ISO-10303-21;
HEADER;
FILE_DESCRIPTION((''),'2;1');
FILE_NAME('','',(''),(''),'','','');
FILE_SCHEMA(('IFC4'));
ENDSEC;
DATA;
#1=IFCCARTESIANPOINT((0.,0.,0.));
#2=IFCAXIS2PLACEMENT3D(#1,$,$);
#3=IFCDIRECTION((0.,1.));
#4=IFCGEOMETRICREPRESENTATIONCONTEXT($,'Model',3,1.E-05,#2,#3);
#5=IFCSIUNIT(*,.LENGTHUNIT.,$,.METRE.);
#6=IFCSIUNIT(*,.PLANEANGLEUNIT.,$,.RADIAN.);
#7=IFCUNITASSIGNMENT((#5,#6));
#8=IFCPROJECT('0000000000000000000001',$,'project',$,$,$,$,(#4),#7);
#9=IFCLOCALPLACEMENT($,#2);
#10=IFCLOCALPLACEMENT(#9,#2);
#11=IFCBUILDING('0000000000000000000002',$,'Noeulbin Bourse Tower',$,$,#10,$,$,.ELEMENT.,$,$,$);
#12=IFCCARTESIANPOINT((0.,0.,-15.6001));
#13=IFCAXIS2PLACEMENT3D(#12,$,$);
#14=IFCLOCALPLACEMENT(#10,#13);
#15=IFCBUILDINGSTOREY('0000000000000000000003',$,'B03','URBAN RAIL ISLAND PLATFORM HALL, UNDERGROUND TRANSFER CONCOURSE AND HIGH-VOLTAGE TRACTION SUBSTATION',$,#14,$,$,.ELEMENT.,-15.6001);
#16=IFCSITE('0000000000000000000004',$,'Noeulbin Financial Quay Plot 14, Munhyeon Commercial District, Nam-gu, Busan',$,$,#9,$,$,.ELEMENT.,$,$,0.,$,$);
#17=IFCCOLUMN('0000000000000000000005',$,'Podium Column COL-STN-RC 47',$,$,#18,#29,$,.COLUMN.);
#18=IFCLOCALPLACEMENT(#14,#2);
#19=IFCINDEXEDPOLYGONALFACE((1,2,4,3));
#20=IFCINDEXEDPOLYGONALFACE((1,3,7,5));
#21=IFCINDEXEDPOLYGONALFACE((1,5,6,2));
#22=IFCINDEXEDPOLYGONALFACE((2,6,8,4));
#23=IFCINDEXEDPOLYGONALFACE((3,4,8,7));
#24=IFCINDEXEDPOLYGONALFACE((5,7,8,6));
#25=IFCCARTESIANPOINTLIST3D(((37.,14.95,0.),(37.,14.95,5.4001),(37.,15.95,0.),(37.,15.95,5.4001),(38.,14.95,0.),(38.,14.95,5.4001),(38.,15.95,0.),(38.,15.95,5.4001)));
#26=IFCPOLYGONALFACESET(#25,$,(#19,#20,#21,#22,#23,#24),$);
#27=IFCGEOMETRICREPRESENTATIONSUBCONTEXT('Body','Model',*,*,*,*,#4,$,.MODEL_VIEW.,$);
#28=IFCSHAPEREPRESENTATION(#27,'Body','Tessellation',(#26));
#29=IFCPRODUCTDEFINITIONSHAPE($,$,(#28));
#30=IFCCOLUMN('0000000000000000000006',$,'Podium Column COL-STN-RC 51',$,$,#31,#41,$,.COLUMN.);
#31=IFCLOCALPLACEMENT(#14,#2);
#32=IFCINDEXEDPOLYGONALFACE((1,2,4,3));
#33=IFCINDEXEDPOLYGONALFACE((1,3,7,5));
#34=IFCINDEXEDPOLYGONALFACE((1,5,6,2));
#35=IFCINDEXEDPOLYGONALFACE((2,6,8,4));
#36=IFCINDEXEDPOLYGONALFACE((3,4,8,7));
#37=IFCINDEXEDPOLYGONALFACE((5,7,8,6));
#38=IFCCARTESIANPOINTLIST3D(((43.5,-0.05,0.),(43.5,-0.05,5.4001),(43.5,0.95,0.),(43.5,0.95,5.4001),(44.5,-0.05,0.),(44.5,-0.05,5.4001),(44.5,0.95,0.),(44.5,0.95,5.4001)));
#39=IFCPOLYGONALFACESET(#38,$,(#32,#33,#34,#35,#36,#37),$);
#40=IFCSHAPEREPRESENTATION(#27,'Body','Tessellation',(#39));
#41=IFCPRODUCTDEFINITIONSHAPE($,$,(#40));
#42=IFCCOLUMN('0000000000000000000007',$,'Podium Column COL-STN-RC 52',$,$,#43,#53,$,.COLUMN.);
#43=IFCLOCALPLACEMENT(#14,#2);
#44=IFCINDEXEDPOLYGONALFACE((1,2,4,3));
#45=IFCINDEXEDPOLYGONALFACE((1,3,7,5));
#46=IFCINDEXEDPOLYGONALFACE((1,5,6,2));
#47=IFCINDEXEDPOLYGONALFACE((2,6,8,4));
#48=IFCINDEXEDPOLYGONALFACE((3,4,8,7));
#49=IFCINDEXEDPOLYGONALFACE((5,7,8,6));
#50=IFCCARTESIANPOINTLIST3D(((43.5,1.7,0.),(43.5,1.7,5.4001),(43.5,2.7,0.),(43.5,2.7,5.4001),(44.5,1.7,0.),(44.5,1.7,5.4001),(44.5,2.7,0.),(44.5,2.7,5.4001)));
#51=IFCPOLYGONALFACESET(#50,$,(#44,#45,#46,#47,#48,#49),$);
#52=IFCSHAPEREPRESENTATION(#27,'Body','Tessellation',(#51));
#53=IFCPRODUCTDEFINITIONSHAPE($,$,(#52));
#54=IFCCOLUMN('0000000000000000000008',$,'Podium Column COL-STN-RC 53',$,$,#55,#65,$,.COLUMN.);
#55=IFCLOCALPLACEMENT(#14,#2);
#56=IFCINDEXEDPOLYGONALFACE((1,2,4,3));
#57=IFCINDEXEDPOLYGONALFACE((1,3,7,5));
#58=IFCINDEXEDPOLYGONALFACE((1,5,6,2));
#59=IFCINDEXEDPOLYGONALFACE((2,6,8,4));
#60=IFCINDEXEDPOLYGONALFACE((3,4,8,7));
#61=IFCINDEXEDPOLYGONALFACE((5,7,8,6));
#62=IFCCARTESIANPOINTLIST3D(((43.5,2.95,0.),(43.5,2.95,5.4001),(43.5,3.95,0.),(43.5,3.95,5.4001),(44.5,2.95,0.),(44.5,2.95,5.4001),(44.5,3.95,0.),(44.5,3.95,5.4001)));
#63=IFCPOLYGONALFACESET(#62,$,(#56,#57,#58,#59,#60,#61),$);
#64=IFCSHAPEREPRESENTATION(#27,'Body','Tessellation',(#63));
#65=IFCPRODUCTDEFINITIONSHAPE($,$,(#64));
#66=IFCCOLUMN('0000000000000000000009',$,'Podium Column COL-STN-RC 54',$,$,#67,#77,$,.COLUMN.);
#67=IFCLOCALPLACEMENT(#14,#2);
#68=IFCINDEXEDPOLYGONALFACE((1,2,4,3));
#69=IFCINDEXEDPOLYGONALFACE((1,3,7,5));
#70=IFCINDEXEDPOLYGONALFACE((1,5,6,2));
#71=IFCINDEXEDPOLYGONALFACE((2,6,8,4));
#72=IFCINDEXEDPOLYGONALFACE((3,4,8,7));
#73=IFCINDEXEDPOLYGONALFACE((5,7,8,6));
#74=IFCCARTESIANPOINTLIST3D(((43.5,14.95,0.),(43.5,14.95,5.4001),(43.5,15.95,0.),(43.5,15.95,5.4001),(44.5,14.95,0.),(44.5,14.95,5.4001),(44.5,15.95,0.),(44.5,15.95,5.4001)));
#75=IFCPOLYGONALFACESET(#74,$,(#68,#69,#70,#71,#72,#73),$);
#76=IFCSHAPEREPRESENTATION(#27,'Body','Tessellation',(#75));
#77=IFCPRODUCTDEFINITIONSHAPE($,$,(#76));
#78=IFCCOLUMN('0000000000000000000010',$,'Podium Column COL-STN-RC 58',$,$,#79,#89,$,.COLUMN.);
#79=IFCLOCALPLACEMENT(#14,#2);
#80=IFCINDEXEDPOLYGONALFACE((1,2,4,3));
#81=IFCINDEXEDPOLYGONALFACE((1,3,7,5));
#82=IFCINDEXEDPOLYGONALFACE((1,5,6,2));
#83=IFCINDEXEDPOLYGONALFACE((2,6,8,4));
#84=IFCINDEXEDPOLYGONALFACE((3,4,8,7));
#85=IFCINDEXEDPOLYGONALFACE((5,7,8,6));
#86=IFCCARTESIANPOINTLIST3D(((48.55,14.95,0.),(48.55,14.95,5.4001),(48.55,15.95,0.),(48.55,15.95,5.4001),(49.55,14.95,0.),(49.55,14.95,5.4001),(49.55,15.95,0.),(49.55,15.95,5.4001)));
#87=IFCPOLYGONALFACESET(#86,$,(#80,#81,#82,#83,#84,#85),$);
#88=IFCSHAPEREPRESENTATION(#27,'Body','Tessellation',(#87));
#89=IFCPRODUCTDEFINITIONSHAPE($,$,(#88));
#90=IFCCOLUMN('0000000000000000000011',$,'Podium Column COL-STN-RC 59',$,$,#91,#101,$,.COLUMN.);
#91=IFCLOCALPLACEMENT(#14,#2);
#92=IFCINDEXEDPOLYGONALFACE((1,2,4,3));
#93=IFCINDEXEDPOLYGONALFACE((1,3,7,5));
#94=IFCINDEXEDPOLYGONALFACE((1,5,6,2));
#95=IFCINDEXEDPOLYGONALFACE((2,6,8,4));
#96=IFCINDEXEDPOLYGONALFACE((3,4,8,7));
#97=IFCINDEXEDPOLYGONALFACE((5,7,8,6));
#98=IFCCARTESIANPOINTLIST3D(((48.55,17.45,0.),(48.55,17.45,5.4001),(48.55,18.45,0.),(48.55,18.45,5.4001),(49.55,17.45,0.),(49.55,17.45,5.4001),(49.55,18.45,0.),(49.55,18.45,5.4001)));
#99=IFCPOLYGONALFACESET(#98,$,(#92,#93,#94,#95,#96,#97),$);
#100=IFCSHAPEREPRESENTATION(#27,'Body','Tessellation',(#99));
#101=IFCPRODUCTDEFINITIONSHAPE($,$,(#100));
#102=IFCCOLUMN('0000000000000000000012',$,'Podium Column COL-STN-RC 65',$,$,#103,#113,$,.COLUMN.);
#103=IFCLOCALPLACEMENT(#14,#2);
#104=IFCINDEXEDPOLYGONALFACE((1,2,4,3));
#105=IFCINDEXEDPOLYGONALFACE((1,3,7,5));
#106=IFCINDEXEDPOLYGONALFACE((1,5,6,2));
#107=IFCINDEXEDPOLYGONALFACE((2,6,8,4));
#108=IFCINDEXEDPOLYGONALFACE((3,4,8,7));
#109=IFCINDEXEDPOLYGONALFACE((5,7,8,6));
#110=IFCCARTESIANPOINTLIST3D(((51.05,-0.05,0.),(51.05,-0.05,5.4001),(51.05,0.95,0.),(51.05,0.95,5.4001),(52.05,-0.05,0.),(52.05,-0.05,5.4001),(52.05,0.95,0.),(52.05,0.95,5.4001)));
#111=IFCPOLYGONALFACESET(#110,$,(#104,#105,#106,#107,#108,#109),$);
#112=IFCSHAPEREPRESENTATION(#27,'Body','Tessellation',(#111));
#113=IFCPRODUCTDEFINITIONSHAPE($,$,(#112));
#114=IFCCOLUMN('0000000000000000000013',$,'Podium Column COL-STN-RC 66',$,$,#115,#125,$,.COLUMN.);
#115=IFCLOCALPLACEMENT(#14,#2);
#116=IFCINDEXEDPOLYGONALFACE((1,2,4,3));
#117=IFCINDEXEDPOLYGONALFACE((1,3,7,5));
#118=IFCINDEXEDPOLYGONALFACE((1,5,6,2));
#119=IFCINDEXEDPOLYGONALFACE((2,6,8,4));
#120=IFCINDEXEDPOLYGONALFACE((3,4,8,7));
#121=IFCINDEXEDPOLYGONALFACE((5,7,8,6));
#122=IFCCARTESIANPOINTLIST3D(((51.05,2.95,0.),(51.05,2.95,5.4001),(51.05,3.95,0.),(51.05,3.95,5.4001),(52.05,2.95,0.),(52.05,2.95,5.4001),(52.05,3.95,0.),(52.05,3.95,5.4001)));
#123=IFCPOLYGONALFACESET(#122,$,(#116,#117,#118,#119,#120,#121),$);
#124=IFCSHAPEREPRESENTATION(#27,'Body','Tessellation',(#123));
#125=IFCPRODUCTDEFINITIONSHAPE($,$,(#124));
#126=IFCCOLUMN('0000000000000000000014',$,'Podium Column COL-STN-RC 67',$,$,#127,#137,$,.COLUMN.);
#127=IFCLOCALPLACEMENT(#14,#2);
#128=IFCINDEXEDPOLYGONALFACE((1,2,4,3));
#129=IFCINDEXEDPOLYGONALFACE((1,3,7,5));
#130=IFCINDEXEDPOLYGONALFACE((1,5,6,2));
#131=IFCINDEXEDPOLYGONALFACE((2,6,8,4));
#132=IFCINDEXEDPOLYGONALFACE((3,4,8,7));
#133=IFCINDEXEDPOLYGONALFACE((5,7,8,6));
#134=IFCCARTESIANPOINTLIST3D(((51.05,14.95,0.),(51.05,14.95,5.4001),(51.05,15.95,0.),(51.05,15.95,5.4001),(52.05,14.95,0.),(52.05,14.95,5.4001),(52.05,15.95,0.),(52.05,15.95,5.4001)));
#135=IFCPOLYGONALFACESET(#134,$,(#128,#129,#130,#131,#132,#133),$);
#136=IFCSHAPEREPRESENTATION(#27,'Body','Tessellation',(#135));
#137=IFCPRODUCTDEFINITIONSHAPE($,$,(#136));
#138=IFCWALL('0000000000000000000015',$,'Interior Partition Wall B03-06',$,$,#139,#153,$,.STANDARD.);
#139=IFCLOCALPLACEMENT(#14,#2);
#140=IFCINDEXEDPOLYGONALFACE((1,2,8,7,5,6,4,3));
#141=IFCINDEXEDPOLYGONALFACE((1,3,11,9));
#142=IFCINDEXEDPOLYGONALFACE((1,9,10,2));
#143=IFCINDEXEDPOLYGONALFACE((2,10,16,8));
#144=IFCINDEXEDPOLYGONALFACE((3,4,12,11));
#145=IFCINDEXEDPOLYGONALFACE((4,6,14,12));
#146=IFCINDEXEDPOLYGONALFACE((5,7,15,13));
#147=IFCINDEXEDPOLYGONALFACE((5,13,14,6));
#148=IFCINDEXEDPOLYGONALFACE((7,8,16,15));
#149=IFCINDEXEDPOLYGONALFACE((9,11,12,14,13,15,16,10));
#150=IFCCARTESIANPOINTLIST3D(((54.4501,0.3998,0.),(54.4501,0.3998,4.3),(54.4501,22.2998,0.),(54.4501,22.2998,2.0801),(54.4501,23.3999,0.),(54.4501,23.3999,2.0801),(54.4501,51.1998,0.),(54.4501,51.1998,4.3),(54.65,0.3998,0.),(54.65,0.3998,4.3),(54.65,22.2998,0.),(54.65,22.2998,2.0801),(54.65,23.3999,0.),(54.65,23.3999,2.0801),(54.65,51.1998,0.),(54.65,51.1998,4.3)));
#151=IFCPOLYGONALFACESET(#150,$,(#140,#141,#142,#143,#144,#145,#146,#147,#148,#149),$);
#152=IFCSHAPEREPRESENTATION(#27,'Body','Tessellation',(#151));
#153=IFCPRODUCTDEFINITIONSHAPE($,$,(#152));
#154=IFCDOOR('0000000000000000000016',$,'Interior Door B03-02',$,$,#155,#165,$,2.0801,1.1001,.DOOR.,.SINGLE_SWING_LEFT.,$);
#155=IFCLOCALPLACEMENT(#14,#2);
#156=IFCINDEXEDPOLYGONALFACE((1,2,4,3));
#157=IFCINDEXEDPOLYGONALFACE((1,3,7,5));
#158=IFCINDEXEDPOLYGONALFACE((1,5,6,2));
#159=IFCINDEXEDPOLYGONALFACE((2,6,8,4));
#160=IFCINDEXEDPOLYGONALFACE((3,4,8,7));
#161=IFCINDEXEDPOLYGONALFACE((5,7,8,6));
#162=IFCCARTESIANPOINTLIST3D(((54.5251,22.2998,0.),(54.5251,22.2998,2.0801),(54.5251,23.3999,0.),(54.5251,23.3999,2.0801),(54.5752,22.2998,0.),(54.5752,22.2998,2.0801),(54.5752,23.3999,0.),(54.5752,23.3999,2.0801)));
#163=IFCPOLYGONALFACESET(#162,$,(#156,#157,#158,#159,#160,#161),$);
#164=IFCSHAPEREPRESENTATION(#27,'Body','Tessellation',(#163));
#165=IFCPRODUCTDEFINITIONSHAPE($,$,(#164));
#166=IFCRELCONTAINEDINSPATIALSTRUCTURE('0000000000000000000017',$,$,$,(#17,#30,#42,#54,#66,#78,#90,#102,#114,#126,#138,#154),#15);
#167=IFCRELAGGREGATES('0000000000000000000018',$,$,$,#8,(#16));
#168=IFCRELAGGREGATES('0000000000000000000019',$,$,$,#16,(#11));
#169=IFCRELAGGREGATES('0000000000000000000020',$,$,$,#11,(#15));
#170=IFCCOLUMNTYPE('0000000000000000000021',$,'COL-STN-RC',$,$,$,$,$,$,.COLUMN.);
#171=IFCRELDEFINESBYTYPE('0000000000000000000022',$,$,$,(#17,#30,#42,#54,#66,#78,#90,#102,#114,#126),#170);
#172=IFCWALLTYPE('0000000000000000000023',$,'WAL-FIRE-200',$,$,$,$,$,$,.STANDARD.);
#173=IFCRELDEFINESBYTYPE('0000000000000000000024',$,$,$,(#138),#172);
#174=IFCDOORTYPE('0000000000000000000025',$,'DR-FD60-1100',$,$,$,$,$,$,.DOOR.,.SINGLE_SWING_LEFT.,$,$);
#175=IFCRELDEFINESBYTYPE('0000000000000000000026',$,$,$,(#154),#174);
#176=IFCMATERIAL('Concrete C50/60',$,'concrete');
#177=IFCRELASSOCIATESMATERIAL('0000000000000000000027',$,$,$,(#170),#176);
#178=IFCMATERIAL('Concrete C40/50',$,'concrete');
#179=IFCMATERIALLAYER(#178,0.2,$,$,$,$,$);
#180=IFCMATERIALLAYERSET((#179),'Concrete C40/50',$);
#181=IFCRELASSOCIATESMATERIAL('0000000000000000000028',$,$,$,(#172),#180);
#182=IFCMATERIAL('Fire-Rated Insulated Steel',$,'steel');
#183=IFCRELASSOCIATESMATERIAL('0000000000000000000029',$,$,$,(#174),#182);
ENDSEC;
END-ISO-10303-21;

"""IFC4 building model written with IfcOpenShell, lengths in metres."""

from ifc_helpers import new_model, si_unit, direction, frame, frame_2d, origin, origin_2d, place, context, subcontext, project, spatial, rectangle, extrude, material, layer, layer_set, material_profile, profile_set, type_object, element, fill, save


model = new_model("IFC4")

# Units and contexts
model_context = context("Model", 3, precision=1e-05, world=origin(), true_north=direction((0.0, 1.0)))
body_context = subcontext(model_context, "Body", "Model", "MODEL_VIEW")
ifc_project = project(units=[si_unit("LENGTHUNIT", "METRE"), si_unit("PLANEANGLEUNIT", "RADIAN")], contexts=[model_context])

# Site, building, storey
site_placement = place(None, origin())
site = spatial("IfcSite", under=ifc_project, at=site_placement, Name="Noeulbin Financial Quay Plot 14, Munhyeon Commercial District, Nam-gu, Busan", CompositionType="ELEMENT", RefElevation=0.0)
building_placement = place(site_placement, origin())
building = spatial("IfcBuilding", under=site, at=building_placement, Name="Noeulbin Bourse Tower", CompositionType="ELEMENT")
storey_placement = place(building_placement, frame((0.0, 0.0, -15.6001)))
storey = spatial("IfcBuildingStorey", under=building, at=storey_placement, Name="B03", Description="URBAN RAIL ISLAND PLATFORM HALL, UNDERGROUND TRANSFER CONCOURSE AND HIGH-VOLTAGE TRACTION SUBSTATION", CompositionType="ELEMENT", Elevation=-15.6001)

# Shared definitions
ifc_material_1 = material(Name="Concrete C50/60", Category="concrete")

# Columns
ifc_material_profile_1 = material_profile(ifc_material_1, rectangle(XDim=1.0, YDim=1.0, at=origin_2d()), Name="RC-COL-1000x1000", Category="LoadBearing")
ifc_profile_set_1 = profile_set([ifc_material_profile_1], Name="Concrete C50/60")
column_type = type_object("IfcColumnType", Name="COL-STN-RC", PredefinedType="COLUMN", material=ifc_profile_set_1)
for number, where, z_axis, x_axis, name in (
    (1, (37.5, 15.45, 0.0), (0.0, 0.0, 1.0), (1.0, 0.0, 0.0), "Podium Column COL-STN-RC 47"),
    (2, (44.0, 0.45, 0.0), (0.0, 0.0, 1.0), (1.0, 0.0, 0.0), "Podium Column COL-STN-RC 51"),
    (3, (44.0, 2.2, 0.0), (0.0, 0.0, 1.0), (1.0, 0.0, 0.0), "Podium Column COL-STN-RC 52"),
    (4, (44.0, 3.45, 0.0), (0.0, 0.0, 1.0), (1.0, 0.0, 0.0), "Podium Column COL-STN-RC 53"),
    (5, (44.0, 15.45, 0.0), (0.0, 0.0, 1.0), (1.0, 0.0, 0.0), "Podium Column COL-STN-RC 54"),
    (6, (49.05, 15.45, 0.0), (0.0, 0.0, 1.0), (1.0, 0.0, 0.0), "Podium Column COL-STN-RC 58"),
    (7, (49.05, 17.95, 0.0), (0.0, 0.0, 1.0), (1.0, 0.0, 0.0), "Podium Column COL-STN-RC 59"),
    (8, (51.55, 0.45, 0.0), (0.0, 0.0, 1.0), (1.0, 0.0, 0.0), "Podium Column COL-STN-RC 65"),
    (9, (51.55, 3.45, 0.0), (0.0, 0.0, 1.0), (1.0, 0.0, 0.0), "Podium Column COL-STN-RC 66"),
    (10, (51.55, 15.45, 0.0), (0.0, 0.0, 1.0), (1.0, 0.0, 0.0), "Podium Column COL-STN-RC 67"),
):
    element("IfcColumn", number, at=place(storey_placement, frame(where, z_axis=z_axis, x_axis=x_axis)), inside=storey, type_object=column_type, Name=name, PredefinedType="COLUMN", context=body_context, shape_type="SweptSolid", body=[
        extrude(rectangle(XDim=1.0, YDim=1.0, at=origin_2d()), origin(), (0.0, 0.0, 1.0), 5.4001),
    ])

# Wall, opening, door
ifc_material_2 = material(Name="Concrete C40/50", Category="concrete")
ifc_layer = layer(ifc_material_2, 0.2)
ifc_layer_set = layer_set([ifc_layer], Name="Concrete C40/50")
wall_type = type_object("IfcWallType", Name="WAL-FIRE-200", PredefinedType="STANDARD", material=ifc_layer_set)
wall_placement = place(storey_placement, frame((54.55, 0.3999, 0.0), z_axis=(0.0, 0.0, 1.0), x_axis=(0.0, 1.0, 0.0)))
wall = element("IfcWall", 11, at=wall_placement, inside=storey, type_object=wall_type, Name="Interior Partition Wall B03-06", PredefinedType="STANDARD", context=body_context, shape_type="SweptSolid", body=[
    extrude(rectangle(XDim=50.8, YDim=0.2, at=frame_2d((25.3999, 0.0))), origin(), (0.0, 0.0, 1.0), 4.3),
])
opening_placement = place(wall_placement, frame((21.8999, 0.0, 0.0)))
opening = element("IfcOpeningElement", 12, at=opening_placement, cuts=wall, PredefinedType="OPENING", context=body_context, shape_type="SweptSolid", body=[
    extrude(rectangle(XDim=1.1001, YDim=2.0801, at=frame_2d((0.55, 1.04))), frame((0.0, 0.1099, 0.0), z_axis=(0.0, -1.0, 0.0), x_axis=(1.0, 0.0, 0.0)), (0.0, 0.0, 1.0), 0.22),
])
ifc_material_3 = material(Name="Fire-Rated Insulated Steel", Category="steel")
door_type = type_object("IfcDoorType", Name="DR-FD60-1100", OperationType="SINGLE_SWING_LEFT", PredefinedType="DOOR", material=ifc_material_3)
door_placement = place(opening_placement, origin())
door = element("IfcDoor", 13, at=door_placement, inside=storey, type_object=door_type, Name="Interior Door B03-02", OperationType="SINGLE_SWING_LEFT", OverallHeight=2.0801, OverallWidth=1.1001, PredefinedType="DOOR", context=body_context, shape_type="SweptSolid", body=[
    extrude(rectangle(XDim=1.1001, YDim=2.0801, at=frame_2d((0.55, 1.04))), frame((0.0, 0.0249, 0.0), z_axis=(0.0, -1.0, 0.0), x_axis=(1.0, 0.0, 0.0)), (0.0, 0.0, 1.0), 0.05),
])
fill(opening, door)

save(model, "model.ifc")
